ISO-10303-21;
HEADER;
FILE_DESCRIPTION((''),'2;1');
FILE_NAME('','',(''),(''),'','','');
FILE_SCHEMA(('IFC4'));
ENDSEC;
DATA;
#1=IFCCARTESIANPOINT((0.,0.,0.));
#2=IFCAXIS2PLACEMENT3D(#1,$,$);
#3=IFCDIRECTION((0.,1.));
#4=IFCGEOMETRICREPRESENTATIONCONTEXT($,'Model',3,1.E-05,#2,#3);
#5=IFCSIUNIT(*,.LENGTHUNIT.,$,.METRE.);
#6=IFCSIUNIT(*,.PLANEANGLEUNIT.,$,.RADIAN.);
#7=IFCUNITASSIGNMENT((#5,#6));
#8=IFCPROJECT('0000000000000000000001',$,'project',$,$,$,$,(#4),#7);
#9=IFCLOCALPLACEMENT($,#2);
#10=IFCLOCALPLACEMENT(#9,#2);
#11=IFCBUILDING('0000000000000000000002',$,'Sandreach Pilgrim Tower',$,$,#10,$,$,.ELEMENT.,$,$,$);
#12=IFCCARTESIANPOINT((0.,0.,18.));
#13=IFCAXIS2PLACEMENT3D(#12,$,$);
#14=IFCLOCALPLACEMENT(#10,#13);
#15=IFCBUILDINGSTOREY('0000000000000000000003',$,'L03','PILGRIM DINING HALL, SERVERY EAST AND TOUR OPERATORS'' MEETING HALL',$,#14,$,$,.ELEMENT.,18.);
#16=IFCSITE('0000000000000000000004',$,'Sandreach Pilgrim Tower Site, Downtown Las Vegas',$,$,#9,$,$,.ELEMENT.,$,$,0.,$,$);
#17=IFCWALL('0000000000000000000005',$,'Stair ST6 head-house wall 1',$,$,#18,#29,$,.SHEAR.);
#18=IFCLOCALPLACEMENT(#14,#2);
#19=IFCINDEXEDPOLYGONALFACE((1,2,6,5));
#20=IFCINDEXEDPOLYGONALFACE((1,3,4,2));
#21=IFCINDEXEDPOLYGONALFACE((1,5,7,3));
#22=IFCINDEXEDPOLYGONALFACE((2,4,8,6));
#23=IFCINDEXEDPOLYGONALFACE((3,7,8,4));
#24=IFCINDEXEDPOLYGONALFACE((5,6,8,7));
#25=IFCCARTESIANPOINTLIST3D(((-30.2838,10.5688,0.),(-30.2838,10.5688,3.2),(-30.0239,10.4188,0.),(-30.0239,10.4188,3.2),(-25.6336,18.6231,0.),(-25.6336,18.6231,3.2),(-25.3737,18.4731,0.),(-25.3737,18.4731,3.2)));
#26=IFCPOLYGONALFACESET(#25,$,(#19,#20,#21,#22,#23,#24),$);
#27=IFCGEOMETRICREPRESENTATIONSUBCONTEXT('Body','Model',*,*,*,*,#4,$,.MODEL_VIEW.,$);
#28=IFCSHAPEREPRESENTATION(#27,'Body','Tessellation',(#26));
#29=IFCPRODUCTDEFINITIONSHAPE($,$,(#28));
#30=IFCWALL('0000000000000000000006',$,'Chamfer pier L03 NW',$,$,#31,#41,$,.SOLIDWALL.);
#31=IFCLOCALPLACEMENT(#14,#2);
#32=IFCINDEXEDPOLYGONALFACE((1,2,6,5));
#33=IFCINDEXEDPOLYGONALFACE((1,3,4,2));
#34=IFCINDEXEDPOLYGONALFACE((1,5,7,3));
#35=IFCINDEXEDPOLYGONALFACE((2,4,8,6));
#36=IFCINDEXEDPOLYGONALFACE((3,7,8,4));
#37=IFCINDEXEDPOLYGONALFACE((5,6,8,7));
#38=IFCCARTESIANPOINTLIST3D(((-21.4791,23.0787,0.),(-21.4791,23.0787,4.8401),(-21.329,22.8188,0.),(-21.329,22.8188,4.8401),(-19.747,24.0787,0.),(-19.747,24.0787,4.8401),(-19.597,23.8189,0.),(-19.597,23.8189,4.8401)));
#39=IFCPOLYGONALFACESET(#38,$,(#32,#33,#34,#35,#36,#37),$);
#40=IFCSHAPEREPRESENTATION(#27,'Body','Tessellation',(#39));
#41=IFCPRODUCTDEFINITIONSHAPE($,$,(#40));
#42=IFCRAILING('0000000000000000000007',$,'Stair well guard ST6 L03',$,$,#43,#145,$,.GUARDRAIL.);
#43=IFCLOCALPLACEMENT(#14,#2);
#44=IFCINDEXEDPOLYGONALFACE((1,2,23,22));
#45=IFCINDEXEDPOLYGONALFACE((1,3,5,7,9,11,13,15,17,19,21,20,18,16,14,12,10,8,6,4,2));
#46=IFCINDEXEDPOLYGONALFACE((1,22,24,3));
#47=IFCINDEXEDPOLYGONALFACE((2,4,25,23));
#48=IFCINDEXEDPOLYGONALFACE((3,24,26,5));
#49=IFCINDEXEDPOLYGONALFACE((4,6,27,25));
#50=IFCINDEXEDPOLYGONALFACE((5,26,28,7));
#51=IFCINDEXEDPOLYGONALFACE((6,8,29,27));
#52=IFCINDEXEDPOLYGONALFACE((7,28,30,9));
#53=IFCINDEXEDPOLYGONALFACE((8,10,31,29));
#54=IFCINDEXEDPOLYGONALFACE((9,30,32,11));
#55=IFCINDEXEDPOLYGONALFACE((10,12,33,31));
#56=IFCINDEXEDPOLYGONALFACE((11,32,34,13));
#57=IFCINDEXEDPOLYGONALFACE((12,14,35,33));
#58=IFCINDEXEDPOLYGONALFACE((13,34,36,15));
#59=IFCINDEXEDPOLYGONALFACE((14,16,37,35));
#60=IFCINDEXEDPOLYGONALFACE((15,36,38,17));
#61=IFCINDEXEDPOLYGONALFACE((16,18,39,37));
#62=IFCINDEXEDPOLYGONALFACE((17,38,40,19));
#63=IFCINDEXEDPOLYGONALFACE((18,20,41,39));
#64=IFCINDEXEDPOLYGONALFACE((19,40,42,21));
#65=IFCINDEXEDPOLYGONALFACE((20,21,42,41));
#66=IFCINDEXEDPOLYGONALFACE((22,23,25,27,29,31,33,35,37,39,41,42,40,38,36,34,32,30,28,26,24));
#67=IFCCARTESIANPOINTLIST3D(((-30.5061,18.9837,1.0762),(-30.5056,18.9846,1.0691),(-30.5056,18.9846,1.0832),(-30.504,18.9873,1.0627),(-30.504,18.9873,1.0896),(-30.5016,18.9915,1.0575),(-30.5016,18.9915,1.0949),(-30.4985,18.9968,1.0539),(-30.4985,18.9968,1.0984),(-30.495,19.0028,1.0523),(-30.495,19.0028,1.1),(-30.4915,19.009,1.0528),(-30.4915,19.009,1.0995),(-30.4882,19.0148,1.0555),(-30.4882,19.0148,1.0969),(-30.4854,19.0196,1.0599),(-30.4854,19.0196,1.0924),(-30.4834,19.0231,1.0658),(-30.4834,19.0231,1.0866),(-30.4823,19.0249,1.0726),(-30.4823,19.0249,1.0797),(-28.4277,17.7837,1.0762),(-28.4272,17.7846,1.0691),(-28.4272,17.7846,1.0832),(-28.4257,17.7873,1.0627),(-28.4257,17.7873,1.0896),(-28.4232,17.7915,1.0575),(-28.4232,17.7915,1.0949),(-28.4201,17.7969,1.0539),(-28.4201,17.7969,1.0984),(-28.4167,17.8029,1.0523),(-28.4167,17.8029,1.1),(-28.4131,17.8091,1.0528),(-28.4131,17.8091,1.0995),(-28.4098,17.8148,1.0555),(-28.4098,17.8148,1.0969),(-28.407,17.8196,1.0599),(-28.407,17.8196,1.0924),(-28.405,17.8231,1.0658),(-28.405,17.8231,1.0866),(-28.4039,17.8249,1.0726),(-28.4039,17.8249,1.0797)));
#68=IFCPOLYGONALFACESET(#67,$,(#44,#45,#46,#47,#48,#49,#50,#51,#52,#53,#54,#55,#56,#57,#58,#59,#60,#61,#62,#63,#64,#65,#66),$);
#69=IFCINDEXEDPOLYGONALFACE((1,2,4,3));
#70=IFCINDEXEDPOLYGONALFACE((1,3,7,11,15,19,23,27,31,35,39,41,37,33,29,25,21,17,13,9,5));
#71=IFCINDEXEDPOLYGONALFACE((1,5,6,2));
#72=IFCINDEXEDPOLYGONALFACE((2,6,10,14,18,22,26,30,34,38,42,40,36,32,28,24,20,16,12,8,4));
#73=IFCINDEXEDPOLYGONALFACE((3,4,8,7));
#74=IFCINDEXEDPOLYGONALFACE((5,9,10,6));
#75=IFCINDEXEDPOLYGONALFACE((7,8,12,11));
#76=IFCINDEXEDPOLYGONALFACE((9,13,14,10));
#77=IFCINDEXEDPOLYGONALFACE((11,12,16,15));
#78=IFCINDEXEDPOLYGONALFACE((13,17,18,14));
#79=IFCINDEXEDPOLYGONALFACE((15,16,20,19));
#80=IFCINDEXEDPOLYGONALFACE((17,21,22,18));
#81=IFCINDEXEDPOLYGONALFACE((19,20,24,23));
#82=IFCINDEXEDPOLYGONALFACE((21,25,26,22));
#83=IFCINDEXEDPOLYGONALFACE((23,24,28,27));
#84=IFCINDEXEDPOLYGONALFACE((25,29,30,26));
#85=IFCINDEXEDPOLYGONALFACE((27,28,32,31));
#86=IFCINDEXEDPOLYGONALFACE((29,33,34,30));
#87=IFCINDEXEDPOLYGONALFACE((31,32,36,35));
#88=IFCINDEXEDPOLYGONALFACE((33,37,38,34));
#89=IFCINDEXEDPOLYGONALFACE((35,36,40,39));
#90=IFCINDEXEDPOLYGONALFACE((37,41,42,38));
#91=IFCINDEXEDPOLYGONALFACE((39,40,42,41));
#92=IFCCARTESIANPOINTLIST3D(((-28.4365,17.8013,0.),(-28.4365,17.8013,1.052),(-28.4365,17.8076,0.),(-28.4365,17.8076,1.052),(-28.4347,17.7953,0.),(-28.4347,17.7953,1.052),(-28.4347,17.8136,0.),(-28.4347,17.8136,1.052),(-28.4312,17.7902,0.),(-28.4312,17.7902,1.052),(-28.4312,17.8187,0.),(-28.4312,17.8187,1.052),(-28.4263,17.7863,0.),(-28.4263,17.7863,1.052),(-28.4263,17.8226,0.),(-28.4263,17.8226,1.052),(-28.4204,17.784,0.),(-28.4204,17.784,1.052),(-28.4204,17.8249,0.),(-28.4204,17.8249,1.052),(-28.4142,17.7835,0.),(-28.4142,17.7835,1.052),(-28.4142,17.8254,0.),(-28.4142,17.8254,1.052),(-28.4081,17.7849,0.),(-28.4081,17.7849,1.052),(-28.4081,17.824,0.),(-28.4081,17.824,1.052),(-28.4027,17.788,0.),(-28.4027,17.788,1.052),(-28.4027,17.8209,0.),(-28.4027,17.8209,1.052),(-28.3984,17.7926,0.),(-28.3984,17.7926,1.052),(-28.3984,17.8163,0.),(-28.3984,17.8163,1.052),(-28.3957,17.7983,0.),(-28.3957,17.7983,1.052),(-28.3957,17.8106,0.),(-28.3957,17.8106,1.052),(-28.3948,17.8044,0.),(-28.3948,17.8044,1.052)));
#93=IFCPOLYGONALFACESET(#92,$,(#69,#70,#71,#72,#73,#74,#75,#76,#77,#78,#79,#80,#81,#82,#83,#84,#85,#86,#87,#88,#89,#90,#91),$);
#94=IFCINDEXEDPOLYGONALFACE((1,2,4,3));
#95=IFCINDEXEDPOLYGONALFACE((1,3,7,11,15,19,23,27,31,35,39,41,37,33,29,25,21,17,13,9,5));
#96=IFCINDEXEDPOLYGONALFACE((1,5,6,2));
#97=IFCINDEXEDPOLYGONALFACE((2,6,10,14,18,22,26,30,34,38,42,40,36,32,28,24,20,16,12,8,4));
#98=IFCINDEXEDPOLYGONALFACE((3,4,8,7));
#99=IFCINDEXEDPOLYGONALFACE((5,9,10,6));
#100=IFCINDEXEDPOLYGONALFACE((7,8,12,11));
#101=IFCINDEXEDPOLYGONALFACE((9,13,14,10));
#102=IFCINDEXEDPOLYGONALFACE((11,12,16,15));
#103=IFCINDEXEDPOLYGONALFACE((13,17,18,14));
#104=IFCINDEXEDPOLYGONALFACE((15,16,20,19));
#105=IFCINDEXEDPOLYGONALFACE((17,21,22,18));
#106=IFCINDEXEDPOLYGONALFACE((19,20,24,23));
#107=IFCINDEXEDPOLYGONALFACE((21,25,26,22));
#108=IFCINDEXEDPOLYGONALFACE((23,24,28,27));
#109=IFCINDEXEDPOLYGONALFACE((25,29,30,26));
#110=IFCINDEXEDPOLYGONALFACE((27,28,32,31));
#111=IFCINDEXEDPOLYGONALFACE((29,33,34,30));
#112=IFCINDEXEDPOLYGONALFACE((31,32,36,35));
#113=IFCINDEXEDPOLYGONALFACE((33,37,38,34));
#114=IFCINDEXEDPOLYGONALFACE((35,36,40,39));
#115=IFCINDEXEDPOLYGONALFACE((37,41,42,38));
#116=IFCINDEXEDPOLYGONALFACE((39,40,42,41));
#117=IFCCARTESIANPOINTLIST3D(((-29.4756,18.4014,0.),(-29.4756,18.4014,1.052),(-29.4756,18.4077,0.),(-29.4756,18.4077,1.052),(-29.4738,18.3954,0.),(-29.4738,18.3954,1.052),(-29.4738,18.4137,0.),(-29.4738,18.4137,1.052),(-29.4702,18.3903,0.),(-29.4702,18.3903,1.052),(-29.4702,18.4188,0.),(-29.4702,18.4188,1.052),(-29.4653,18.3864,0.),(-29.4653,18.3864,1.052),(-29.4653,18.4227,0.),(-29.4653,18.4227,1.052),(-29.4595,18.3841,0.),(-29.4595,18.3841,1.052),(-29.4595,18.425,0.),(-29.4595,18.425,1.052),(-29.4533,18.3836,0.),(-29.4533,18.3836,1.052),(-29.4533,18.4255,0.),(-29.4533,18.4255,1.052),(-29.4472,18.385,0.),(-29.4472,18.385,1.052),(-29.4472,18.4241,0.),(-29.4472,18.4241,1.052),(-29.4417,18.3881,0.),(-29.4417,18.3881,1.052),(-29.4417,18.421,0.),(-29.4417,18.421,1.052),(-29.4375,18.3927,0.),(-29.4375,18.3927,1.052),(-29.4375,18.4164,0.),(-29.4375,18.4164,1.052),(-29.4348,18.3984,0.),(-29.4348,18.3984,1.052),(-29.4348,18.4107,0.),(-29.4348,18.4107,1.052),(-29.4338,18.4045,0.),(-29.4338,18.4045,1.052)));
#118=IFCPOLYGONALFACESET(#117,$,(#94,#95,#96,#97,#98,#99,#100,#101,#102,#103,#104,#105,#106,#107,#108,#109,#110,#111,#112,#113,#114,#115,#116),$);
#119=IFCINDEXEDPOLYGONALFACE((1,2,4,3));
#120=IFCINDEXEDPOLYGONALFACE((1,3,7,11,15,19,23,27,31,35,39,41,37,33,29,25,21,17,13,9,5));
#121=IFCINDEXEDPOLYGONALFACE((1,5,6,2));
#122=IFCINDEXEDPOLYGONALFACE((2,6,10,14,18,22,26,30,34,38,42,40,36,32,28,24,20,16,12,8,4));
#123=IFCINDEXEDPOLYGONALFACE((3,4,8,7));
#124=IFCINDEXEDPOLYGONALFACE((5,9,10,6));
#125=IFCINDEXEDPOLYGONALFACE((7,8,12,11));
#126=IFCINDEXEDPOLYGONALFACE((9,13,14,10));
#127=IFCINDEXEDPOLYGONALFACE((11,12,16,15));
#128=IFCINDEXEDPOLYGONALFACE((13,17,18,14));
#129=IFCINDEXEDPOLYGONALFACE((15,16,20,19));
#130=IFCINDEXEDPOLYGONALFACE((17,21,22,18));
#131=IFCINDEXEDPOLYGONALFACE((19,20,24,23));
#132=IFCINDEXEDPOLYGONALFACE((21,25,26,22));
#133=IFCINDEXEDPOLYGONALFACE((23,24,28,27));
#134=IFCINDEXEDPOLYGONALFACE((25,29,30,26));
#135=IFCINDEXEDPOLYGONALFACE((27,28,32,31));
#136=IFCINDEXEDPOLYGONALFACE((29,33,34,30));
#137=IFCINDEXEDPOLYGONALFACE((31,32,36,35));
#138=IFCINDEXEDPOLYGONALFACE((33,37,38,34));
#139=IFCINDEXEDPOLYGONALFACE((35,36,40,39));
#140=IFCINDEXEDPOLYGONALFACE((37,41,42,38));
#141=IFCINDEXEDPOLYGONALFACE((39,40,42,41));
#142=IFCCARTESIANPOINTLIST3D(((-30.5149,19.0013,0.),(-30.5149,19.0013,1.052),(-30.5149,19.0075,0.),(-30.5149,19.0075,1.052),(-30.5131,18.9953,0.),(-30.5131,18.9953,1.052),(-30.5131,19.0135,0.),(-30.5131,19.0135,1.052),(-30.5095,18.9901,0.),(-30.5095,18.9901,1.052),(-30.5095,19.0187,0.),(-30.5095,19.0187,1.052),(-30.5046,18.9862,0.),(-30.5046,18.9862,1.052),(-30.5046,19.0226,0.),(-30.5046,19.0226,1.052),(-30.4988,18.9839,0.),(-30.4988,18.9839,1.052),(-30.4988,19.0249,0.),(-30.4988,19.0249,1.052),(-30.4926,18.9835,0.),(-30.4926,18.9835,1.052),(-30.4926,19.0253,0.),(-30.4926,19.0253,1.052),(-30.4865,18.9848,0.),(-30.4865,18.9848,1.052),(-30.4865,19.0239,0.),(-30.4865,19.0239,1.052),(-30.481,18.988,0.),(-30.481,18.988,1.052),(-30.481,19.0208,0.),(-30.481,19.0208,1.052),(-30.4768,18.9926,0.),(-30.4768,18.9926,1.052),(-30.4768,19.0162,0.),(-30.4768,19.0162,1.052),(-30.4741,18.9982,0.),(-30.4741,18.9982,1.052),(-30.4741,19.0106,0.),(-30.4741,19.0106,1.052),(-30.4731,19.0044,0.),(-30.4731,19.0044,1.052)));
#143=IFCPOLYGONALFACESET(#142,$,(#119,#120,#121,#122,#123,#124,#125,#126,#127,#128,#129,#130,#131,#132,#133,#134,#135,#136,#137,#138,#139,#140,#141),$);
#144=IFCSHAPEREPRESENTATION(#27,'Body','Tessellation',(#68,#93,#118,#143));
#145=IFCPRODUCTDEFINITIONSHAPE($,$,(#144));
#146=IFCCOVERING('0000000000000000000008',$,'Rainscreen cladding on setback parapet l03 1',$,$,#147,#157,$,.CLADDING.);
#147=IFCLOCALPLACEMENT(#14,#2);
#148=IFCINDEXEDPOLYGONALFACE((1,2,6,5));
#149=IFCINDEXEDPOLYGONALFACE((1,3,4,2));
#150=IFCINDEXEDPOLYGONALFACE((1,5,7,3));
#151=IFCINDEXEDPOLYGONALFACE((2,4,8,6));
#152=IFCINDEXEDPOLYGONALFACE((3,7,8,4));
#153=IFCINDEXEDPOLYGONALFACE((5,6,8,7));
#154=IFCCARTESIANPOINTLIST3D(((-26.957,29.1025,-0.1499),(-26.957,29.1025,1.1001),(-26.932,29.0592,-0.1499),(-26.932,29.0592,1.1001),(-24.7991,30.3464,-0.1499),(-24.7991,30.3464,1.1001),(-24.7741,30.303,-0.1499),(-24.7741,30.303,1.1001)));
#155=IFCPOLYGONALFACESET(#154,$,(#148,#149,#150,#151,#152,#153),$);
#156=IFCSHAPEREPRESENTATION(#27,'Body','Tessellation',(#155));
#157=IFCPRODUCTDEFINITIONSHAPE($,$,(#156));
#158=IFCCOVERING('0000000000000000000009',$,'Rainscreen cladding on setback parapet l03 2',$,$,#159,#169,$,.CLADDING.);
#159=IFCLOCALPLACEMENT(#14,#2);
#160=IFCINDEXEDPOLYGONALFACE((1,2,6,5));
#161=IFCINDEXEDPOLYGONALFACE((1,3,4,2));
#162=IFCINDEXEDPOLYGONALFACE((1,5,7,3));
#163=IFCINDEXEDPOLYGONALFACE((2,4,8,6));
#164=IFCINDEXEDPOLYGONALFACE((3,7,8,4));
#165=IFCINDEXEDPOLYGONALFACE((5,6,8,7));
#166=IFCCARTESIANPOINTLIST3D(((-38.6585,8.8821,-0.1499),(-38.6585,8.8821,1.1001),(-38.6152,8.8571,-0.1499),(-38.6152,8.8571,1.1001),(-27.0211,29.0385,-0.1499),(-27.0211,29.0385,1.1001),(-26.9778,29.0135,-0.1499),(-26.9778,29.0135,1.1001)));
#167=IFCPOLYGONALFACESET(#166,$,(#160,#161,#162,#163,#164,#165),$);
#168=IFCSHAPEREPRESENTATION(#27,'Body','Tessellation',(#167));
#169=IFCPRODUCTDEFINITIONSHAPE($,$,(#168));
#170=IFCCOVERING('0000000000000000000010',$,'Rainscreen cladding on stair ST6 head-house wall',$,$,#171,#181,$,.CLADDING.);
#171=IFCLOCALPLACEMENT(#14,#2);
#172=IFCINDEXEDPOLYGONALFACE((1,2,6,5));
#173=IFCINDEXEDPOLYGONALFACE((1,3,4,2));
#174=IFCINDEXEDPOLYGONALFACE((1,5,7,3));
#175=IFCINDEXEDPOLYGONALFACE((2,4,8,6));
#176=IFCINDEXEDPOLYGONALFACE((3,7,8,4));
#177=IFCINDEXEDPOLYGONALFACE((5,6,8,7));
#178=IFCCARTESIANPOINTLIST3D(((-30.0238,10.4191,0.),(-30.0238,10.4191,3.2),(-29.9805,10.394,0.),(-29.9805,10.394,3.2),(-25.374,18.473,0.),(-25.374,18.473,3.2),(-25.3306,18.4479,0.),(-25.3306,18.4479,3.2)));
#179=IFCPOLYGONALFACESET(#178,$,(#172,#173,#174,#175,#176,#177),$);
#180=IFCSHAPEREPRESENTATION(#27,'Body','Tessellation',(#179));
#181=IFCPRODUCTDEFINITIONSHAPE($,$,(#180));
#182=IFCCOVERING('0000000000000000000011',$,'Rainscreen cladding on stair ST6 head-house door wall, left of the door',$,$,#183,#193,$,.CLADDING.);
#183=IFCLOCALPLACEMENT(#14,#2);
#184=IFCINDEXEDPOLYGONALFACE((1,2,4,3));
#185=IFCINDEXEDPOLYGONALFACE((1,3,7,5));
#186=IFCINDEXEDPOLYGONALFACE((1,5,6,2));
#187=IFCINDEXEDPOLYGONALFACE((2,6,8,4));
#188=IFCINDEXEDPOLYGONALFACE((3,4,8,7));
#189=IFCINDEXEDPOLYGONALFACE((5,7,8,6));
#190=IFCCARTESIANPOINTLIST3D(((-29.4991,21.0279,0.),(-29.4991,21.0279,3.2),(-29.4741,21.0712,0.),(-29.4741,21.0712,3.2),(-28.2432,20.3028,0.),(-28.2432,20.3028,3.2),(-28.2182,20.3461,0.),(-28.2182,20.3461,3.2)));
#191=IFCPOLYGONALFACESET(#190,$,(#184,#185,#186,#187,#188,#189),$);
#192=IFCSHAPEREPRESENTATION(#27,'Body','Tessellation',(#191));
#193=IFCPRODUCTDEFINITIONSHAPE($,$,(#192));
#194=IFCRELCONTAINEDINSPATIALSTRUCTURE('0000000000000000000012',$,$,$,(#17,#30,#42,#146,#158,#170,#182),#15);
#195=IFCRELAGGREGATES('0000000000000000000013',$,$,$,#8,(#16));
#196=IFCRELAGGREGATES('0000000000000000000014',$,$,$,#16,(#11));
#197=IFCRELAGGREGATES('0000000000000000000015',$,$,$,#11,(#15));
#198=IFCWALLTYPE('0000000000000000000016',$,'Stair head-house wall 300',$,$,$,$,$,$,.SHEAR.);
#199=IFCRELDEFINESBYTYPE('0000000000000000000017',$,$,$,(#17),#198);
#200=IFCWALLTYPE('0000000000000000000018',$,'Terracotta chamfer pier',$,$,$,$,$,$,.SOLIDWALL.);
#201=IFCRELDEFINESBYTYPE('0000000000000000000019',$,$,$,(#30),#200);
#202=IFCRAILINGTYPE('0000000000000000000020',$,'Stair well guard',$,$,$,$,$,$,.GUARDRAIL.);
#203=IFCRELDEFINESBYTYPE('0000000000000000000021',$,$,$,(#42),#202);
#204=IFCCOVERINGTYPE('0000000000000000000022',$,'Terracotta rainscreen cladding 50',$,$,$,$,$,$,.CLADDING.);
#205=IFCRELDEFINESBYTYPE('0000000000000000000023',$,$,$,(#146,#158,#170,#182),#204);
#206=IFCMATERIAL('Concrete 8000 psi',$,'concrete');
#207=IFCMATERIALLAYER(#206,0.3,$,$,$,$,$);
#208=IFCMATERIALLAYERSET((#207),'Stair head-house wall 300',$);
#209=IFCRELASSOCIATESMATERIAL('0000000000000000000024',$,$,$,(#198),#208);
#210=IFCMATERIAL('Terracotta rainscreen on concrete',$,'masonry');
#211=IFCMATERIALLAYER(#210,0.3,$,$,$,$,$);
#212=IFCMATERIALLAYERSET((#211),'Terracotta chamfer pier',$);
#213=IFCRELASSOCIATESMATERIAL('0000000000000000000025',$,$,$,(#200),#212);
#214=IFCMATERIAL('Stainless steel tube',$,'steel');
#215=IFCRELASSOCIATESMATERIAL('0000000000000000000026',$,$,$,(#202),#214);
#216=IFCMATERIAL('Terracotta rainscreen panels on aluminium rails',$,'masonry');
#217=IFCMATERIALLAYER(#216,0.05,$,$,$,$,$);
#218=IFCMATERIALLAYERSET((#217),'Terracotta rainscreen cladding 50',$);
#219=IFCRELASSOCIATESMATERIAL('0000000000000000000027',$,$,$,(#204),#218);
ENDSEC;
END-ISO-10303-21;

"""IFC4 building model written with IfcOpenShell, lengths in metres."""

from ifc_helpers import new_model, si_unit, direction, frame, frame_2d, origin, origin_2d, place, context, subcontext, project, spatial, rectangle, circle, extrude, material, layer, layer_set, type_object, element, save


model = new_model("IFC4")

# Units and contexts
model_context = context("Model", 3, precision=1e-05, world=origin(), true_north=direction((0.0, 1.0)))
body_context = subcontext(model_context, "Body", "Model", "MODEL_VIEW")
ifc_project = project(units=[si_unit("LENGTHUNIT", "METRE"), si_unit("PLANEANGLEUNIT", "RADIAN")], contexts=[model_context])

# Site, building, storey
site_placement = place(None, origin())
site = spatial("IfcSite", under=ifc_project, at=site_placement, Name="Sandreach Pilgrim Tower Site, Downtown Las Vegas", CompositionType="ELEMENT", RefElevation=0.0)
building_placement = place(site_placement, origin())
building = spatial("IfcBuilding", under=site, at=building_placement, Name="Sandreach Pilgrim Tower", CompositionType="ELEMENT")
storey_placement = place(building_placement, frame((0.0, 0.0, 18.0)))
storey = spatial("IfcBuildingStorey", under=building, at=storey_placement, Name="L03", Description="PILGRIM DINING HALL, SERVERY EAST AND TOUR OPERATORS' MEETING HALL", CompositionType="ELEMENT", Elevation=18.0)

# Wall
ifc_material_1 = material(Name="Concrete 8000 psi", Category="concrete")
ifc_layer_1 = layer(ifc_material_1, 0.3)
ifc_layer_set_1 = layer_set([ifc_layer_1], Name="Stair head-house wall 300")
wall_type_1 = type_object("IfcWallType", Name="Stair head-house wall 300", PredefinedType="SHEAR", material=ifc_layer_set_1)
wall_1_placement = place(storey_placement, frame((-25.5037, 18.5481, 0.0), z_axis=(0.0, 0.0, 1.0), x_axis=(-0.500004, -0.866023, 0.0)))
element("IfcWall", 1, at=wall_1_placement, inside=storey, type_object=wall_type_1, Name="Stair ST6 head-house wall 1", PredefinedType="SHEAR", context=body_context, shape_type="SweptSolid", body=[
    extrude(rectangle(XDim=9.3003, YDim=0.3, at=frame_2d((4.6501, 0.0))), origin(), (0.0, 0.0, 1.0), 3.2),
])

# Wall
ifc_material_2 = material(Name="Terracotta rainscreen on concrete", Category="masonry")
ifc_layer_2 = layer(ifc_material_2, 0.3)
ifc_layer_set_2 = layer_set([ifc_layer_2], Name="Terracotta chamfer pier")
wall_type_2 = type_object("IfcWallType", Name="Terracotta chamfer pier", PredefinedType="SOLIDWALL", material=ifc_layer_set_2)
wall_2_placement = place(storey_placement, frame((-21.4041, 22.9487, 0.0), z_axis=(0.0, 0.0, 1.0), x_axis=(0.866011, 0.500025, 0.0)))
element("IfcWall", 2, at=wall_2_placement, inside=storey, type_object=wall_type_2, Name="Chamfer pier L03 NW", PredefinedType="SOLIDWALL", context=body_context, shape_type="SweptSolid", body=[
    extrude(rectangle(XDim=2.0, YDim=0.3, at=frame_2d((1.0, 0.0))), origin(), (0.0, 0.0, 1.0), 4.8401),
])

# Railing
ifc_material_3 = material(Name="Stainless steel tube", Category="steel")
railing_type = type_object("IfcRailingType", Name="Stair well guard", PredefinedType="GUARDRAIL", material=ifc_material_3)
railing_placement = place(storey_placement, frame((-28.4158, 17.8044, 0.0)))
element("IfcRailing", 3, at=railing_placement, inside=storey, type_object=railing_type, Name="Stair well guard ST6 L03", PredefinedType="GUARDRAIL", context=body_context, shape_type="SweptSolid", body=[
    extrude(circle(Radius=0.0239, at=origin_2d()), frame((0.0, 0.0, 1.0762), z_axis=(-0.866025, 0.500001, 0.0), x_axis=(-0.500001, -0.866025, 0.0)), (0.0, 0.0, 1.0), 2.3999),
    extrude(circle(Radius=0.021, at=origin_2d()), origin(), (0.0, 0.0, 1.0), 1.052),
    extrude(circle(Radius=0.021, at=origin_2d()), frame((-1.0391, 0.6001, 0.0)), (0.0, 0.0, 1.0), 1.052),
    extrude(circle(Radius=0.021, at=origin_2d()), frame((-2.0784, 1.2, 0.0)), (0.0, 0.0, 1.0), 1.052),
])

# Coverings
ifc_material_4 = material(Name="Terracotta rainscreen panels on aluminium rails", Category="masonry")
ifc_layer_3 = layer(ifc_material_4, 0.05)
ifc_layer_set_3 = layer_set([ifc_layer_3], Name="Terracotta rainscreen cladding 50")
covering_type = type_object("IfcCoveringType", Name="Terracotta rainscreen cladding 50", PredefinedType="CLADDING", material=ifc_layer_set_3)
covering_1_placement = place(storey_placement, frame((-24.7866, 30.3247, -0.1499), z_axis=(0.0, 0.0, 1.0), x_axis=(-0.866373, -0.499397, 0.0)))
element("IfcCovering", 4, at=covering_1_placement, inside=storey, type_object=covering_type, Name="Rainscreen cladding on setback parapet l03 1", PredefinedType="CLADDING", context=body_context, shape_type="SweptSolid", body=[
    extrude(rectangle(XDim=2.4907, YDim=0.05, at=frame_2d((1.2454, 0.0))), origin(), (0.0, 0.0, 1.0), 1.25),
])
covering_2_placement = place(storey_placement, frame((-26.9995, 29.0259, -0.1499), z_axis=(0.0, 0.0, 1.0), x_axis=(-0.500003, -0.866024, 0.0)))
element("IfcCovering", 5, at=covering_2_placement, inside=storey, type_object=covering_type, Name="Rainscreen cladding on setback parapet l03 2", PredefinedType="CLADDING", context=body_context, shape_type="SweptSolid", body=[
    extrude(rectangle(XDim=23.2747, YDim=0.05, at=frame_2d((11.6372, 0.0))), origin(), (0.0, 0.0, 1.0), 1.25),
])
covering_3_placement = place(storey_placement, frame((-25.3523, 18.4604, 0.0), z_axis=(0.0, 0.0, 1.0), x_axis=(-0.499996, -0.866028, 0.0)))
element("IfcCovering", 6, at=covering_3_placement, inside=storey, type_object=covering_type, Name="Rainscreen cladding on stair ST6 head-house wall", PredefinedType="CLADDING", context=body_context, shape_type="SweptSolid", body=[
    extrude(rectangle(XDim=9.2998, YDim=0.05, at=frame_2d((4.6499, 0.0))), origin(), (0.0, 0.0, 1.0), 3.2),
])
covering_4_placement = place(storey_placement, frame((-29.4866, 21.0496, 0.0), z_axis=(0.0, 0.0, 1.0), x_axis=(0.866017, -0.500014, 0.0)))
element("IfcCovering", 7, at=covering_4_placement, inside=storey, type_object=covering_type, Name="Rainscreen cladding on stair ST6 head-house door wall, left of the door", PredefinedType="CLADDING", context=body_context, shape_type="SweptSolid", body=[
    extrude(rectangle(XDim=1.4502, YDim=0.05, at=frame_2d((0.7251, 0.0))), origin(), (0.0, 0.0, 1.0), 3.2),
])

save(model, "model.ifc")
